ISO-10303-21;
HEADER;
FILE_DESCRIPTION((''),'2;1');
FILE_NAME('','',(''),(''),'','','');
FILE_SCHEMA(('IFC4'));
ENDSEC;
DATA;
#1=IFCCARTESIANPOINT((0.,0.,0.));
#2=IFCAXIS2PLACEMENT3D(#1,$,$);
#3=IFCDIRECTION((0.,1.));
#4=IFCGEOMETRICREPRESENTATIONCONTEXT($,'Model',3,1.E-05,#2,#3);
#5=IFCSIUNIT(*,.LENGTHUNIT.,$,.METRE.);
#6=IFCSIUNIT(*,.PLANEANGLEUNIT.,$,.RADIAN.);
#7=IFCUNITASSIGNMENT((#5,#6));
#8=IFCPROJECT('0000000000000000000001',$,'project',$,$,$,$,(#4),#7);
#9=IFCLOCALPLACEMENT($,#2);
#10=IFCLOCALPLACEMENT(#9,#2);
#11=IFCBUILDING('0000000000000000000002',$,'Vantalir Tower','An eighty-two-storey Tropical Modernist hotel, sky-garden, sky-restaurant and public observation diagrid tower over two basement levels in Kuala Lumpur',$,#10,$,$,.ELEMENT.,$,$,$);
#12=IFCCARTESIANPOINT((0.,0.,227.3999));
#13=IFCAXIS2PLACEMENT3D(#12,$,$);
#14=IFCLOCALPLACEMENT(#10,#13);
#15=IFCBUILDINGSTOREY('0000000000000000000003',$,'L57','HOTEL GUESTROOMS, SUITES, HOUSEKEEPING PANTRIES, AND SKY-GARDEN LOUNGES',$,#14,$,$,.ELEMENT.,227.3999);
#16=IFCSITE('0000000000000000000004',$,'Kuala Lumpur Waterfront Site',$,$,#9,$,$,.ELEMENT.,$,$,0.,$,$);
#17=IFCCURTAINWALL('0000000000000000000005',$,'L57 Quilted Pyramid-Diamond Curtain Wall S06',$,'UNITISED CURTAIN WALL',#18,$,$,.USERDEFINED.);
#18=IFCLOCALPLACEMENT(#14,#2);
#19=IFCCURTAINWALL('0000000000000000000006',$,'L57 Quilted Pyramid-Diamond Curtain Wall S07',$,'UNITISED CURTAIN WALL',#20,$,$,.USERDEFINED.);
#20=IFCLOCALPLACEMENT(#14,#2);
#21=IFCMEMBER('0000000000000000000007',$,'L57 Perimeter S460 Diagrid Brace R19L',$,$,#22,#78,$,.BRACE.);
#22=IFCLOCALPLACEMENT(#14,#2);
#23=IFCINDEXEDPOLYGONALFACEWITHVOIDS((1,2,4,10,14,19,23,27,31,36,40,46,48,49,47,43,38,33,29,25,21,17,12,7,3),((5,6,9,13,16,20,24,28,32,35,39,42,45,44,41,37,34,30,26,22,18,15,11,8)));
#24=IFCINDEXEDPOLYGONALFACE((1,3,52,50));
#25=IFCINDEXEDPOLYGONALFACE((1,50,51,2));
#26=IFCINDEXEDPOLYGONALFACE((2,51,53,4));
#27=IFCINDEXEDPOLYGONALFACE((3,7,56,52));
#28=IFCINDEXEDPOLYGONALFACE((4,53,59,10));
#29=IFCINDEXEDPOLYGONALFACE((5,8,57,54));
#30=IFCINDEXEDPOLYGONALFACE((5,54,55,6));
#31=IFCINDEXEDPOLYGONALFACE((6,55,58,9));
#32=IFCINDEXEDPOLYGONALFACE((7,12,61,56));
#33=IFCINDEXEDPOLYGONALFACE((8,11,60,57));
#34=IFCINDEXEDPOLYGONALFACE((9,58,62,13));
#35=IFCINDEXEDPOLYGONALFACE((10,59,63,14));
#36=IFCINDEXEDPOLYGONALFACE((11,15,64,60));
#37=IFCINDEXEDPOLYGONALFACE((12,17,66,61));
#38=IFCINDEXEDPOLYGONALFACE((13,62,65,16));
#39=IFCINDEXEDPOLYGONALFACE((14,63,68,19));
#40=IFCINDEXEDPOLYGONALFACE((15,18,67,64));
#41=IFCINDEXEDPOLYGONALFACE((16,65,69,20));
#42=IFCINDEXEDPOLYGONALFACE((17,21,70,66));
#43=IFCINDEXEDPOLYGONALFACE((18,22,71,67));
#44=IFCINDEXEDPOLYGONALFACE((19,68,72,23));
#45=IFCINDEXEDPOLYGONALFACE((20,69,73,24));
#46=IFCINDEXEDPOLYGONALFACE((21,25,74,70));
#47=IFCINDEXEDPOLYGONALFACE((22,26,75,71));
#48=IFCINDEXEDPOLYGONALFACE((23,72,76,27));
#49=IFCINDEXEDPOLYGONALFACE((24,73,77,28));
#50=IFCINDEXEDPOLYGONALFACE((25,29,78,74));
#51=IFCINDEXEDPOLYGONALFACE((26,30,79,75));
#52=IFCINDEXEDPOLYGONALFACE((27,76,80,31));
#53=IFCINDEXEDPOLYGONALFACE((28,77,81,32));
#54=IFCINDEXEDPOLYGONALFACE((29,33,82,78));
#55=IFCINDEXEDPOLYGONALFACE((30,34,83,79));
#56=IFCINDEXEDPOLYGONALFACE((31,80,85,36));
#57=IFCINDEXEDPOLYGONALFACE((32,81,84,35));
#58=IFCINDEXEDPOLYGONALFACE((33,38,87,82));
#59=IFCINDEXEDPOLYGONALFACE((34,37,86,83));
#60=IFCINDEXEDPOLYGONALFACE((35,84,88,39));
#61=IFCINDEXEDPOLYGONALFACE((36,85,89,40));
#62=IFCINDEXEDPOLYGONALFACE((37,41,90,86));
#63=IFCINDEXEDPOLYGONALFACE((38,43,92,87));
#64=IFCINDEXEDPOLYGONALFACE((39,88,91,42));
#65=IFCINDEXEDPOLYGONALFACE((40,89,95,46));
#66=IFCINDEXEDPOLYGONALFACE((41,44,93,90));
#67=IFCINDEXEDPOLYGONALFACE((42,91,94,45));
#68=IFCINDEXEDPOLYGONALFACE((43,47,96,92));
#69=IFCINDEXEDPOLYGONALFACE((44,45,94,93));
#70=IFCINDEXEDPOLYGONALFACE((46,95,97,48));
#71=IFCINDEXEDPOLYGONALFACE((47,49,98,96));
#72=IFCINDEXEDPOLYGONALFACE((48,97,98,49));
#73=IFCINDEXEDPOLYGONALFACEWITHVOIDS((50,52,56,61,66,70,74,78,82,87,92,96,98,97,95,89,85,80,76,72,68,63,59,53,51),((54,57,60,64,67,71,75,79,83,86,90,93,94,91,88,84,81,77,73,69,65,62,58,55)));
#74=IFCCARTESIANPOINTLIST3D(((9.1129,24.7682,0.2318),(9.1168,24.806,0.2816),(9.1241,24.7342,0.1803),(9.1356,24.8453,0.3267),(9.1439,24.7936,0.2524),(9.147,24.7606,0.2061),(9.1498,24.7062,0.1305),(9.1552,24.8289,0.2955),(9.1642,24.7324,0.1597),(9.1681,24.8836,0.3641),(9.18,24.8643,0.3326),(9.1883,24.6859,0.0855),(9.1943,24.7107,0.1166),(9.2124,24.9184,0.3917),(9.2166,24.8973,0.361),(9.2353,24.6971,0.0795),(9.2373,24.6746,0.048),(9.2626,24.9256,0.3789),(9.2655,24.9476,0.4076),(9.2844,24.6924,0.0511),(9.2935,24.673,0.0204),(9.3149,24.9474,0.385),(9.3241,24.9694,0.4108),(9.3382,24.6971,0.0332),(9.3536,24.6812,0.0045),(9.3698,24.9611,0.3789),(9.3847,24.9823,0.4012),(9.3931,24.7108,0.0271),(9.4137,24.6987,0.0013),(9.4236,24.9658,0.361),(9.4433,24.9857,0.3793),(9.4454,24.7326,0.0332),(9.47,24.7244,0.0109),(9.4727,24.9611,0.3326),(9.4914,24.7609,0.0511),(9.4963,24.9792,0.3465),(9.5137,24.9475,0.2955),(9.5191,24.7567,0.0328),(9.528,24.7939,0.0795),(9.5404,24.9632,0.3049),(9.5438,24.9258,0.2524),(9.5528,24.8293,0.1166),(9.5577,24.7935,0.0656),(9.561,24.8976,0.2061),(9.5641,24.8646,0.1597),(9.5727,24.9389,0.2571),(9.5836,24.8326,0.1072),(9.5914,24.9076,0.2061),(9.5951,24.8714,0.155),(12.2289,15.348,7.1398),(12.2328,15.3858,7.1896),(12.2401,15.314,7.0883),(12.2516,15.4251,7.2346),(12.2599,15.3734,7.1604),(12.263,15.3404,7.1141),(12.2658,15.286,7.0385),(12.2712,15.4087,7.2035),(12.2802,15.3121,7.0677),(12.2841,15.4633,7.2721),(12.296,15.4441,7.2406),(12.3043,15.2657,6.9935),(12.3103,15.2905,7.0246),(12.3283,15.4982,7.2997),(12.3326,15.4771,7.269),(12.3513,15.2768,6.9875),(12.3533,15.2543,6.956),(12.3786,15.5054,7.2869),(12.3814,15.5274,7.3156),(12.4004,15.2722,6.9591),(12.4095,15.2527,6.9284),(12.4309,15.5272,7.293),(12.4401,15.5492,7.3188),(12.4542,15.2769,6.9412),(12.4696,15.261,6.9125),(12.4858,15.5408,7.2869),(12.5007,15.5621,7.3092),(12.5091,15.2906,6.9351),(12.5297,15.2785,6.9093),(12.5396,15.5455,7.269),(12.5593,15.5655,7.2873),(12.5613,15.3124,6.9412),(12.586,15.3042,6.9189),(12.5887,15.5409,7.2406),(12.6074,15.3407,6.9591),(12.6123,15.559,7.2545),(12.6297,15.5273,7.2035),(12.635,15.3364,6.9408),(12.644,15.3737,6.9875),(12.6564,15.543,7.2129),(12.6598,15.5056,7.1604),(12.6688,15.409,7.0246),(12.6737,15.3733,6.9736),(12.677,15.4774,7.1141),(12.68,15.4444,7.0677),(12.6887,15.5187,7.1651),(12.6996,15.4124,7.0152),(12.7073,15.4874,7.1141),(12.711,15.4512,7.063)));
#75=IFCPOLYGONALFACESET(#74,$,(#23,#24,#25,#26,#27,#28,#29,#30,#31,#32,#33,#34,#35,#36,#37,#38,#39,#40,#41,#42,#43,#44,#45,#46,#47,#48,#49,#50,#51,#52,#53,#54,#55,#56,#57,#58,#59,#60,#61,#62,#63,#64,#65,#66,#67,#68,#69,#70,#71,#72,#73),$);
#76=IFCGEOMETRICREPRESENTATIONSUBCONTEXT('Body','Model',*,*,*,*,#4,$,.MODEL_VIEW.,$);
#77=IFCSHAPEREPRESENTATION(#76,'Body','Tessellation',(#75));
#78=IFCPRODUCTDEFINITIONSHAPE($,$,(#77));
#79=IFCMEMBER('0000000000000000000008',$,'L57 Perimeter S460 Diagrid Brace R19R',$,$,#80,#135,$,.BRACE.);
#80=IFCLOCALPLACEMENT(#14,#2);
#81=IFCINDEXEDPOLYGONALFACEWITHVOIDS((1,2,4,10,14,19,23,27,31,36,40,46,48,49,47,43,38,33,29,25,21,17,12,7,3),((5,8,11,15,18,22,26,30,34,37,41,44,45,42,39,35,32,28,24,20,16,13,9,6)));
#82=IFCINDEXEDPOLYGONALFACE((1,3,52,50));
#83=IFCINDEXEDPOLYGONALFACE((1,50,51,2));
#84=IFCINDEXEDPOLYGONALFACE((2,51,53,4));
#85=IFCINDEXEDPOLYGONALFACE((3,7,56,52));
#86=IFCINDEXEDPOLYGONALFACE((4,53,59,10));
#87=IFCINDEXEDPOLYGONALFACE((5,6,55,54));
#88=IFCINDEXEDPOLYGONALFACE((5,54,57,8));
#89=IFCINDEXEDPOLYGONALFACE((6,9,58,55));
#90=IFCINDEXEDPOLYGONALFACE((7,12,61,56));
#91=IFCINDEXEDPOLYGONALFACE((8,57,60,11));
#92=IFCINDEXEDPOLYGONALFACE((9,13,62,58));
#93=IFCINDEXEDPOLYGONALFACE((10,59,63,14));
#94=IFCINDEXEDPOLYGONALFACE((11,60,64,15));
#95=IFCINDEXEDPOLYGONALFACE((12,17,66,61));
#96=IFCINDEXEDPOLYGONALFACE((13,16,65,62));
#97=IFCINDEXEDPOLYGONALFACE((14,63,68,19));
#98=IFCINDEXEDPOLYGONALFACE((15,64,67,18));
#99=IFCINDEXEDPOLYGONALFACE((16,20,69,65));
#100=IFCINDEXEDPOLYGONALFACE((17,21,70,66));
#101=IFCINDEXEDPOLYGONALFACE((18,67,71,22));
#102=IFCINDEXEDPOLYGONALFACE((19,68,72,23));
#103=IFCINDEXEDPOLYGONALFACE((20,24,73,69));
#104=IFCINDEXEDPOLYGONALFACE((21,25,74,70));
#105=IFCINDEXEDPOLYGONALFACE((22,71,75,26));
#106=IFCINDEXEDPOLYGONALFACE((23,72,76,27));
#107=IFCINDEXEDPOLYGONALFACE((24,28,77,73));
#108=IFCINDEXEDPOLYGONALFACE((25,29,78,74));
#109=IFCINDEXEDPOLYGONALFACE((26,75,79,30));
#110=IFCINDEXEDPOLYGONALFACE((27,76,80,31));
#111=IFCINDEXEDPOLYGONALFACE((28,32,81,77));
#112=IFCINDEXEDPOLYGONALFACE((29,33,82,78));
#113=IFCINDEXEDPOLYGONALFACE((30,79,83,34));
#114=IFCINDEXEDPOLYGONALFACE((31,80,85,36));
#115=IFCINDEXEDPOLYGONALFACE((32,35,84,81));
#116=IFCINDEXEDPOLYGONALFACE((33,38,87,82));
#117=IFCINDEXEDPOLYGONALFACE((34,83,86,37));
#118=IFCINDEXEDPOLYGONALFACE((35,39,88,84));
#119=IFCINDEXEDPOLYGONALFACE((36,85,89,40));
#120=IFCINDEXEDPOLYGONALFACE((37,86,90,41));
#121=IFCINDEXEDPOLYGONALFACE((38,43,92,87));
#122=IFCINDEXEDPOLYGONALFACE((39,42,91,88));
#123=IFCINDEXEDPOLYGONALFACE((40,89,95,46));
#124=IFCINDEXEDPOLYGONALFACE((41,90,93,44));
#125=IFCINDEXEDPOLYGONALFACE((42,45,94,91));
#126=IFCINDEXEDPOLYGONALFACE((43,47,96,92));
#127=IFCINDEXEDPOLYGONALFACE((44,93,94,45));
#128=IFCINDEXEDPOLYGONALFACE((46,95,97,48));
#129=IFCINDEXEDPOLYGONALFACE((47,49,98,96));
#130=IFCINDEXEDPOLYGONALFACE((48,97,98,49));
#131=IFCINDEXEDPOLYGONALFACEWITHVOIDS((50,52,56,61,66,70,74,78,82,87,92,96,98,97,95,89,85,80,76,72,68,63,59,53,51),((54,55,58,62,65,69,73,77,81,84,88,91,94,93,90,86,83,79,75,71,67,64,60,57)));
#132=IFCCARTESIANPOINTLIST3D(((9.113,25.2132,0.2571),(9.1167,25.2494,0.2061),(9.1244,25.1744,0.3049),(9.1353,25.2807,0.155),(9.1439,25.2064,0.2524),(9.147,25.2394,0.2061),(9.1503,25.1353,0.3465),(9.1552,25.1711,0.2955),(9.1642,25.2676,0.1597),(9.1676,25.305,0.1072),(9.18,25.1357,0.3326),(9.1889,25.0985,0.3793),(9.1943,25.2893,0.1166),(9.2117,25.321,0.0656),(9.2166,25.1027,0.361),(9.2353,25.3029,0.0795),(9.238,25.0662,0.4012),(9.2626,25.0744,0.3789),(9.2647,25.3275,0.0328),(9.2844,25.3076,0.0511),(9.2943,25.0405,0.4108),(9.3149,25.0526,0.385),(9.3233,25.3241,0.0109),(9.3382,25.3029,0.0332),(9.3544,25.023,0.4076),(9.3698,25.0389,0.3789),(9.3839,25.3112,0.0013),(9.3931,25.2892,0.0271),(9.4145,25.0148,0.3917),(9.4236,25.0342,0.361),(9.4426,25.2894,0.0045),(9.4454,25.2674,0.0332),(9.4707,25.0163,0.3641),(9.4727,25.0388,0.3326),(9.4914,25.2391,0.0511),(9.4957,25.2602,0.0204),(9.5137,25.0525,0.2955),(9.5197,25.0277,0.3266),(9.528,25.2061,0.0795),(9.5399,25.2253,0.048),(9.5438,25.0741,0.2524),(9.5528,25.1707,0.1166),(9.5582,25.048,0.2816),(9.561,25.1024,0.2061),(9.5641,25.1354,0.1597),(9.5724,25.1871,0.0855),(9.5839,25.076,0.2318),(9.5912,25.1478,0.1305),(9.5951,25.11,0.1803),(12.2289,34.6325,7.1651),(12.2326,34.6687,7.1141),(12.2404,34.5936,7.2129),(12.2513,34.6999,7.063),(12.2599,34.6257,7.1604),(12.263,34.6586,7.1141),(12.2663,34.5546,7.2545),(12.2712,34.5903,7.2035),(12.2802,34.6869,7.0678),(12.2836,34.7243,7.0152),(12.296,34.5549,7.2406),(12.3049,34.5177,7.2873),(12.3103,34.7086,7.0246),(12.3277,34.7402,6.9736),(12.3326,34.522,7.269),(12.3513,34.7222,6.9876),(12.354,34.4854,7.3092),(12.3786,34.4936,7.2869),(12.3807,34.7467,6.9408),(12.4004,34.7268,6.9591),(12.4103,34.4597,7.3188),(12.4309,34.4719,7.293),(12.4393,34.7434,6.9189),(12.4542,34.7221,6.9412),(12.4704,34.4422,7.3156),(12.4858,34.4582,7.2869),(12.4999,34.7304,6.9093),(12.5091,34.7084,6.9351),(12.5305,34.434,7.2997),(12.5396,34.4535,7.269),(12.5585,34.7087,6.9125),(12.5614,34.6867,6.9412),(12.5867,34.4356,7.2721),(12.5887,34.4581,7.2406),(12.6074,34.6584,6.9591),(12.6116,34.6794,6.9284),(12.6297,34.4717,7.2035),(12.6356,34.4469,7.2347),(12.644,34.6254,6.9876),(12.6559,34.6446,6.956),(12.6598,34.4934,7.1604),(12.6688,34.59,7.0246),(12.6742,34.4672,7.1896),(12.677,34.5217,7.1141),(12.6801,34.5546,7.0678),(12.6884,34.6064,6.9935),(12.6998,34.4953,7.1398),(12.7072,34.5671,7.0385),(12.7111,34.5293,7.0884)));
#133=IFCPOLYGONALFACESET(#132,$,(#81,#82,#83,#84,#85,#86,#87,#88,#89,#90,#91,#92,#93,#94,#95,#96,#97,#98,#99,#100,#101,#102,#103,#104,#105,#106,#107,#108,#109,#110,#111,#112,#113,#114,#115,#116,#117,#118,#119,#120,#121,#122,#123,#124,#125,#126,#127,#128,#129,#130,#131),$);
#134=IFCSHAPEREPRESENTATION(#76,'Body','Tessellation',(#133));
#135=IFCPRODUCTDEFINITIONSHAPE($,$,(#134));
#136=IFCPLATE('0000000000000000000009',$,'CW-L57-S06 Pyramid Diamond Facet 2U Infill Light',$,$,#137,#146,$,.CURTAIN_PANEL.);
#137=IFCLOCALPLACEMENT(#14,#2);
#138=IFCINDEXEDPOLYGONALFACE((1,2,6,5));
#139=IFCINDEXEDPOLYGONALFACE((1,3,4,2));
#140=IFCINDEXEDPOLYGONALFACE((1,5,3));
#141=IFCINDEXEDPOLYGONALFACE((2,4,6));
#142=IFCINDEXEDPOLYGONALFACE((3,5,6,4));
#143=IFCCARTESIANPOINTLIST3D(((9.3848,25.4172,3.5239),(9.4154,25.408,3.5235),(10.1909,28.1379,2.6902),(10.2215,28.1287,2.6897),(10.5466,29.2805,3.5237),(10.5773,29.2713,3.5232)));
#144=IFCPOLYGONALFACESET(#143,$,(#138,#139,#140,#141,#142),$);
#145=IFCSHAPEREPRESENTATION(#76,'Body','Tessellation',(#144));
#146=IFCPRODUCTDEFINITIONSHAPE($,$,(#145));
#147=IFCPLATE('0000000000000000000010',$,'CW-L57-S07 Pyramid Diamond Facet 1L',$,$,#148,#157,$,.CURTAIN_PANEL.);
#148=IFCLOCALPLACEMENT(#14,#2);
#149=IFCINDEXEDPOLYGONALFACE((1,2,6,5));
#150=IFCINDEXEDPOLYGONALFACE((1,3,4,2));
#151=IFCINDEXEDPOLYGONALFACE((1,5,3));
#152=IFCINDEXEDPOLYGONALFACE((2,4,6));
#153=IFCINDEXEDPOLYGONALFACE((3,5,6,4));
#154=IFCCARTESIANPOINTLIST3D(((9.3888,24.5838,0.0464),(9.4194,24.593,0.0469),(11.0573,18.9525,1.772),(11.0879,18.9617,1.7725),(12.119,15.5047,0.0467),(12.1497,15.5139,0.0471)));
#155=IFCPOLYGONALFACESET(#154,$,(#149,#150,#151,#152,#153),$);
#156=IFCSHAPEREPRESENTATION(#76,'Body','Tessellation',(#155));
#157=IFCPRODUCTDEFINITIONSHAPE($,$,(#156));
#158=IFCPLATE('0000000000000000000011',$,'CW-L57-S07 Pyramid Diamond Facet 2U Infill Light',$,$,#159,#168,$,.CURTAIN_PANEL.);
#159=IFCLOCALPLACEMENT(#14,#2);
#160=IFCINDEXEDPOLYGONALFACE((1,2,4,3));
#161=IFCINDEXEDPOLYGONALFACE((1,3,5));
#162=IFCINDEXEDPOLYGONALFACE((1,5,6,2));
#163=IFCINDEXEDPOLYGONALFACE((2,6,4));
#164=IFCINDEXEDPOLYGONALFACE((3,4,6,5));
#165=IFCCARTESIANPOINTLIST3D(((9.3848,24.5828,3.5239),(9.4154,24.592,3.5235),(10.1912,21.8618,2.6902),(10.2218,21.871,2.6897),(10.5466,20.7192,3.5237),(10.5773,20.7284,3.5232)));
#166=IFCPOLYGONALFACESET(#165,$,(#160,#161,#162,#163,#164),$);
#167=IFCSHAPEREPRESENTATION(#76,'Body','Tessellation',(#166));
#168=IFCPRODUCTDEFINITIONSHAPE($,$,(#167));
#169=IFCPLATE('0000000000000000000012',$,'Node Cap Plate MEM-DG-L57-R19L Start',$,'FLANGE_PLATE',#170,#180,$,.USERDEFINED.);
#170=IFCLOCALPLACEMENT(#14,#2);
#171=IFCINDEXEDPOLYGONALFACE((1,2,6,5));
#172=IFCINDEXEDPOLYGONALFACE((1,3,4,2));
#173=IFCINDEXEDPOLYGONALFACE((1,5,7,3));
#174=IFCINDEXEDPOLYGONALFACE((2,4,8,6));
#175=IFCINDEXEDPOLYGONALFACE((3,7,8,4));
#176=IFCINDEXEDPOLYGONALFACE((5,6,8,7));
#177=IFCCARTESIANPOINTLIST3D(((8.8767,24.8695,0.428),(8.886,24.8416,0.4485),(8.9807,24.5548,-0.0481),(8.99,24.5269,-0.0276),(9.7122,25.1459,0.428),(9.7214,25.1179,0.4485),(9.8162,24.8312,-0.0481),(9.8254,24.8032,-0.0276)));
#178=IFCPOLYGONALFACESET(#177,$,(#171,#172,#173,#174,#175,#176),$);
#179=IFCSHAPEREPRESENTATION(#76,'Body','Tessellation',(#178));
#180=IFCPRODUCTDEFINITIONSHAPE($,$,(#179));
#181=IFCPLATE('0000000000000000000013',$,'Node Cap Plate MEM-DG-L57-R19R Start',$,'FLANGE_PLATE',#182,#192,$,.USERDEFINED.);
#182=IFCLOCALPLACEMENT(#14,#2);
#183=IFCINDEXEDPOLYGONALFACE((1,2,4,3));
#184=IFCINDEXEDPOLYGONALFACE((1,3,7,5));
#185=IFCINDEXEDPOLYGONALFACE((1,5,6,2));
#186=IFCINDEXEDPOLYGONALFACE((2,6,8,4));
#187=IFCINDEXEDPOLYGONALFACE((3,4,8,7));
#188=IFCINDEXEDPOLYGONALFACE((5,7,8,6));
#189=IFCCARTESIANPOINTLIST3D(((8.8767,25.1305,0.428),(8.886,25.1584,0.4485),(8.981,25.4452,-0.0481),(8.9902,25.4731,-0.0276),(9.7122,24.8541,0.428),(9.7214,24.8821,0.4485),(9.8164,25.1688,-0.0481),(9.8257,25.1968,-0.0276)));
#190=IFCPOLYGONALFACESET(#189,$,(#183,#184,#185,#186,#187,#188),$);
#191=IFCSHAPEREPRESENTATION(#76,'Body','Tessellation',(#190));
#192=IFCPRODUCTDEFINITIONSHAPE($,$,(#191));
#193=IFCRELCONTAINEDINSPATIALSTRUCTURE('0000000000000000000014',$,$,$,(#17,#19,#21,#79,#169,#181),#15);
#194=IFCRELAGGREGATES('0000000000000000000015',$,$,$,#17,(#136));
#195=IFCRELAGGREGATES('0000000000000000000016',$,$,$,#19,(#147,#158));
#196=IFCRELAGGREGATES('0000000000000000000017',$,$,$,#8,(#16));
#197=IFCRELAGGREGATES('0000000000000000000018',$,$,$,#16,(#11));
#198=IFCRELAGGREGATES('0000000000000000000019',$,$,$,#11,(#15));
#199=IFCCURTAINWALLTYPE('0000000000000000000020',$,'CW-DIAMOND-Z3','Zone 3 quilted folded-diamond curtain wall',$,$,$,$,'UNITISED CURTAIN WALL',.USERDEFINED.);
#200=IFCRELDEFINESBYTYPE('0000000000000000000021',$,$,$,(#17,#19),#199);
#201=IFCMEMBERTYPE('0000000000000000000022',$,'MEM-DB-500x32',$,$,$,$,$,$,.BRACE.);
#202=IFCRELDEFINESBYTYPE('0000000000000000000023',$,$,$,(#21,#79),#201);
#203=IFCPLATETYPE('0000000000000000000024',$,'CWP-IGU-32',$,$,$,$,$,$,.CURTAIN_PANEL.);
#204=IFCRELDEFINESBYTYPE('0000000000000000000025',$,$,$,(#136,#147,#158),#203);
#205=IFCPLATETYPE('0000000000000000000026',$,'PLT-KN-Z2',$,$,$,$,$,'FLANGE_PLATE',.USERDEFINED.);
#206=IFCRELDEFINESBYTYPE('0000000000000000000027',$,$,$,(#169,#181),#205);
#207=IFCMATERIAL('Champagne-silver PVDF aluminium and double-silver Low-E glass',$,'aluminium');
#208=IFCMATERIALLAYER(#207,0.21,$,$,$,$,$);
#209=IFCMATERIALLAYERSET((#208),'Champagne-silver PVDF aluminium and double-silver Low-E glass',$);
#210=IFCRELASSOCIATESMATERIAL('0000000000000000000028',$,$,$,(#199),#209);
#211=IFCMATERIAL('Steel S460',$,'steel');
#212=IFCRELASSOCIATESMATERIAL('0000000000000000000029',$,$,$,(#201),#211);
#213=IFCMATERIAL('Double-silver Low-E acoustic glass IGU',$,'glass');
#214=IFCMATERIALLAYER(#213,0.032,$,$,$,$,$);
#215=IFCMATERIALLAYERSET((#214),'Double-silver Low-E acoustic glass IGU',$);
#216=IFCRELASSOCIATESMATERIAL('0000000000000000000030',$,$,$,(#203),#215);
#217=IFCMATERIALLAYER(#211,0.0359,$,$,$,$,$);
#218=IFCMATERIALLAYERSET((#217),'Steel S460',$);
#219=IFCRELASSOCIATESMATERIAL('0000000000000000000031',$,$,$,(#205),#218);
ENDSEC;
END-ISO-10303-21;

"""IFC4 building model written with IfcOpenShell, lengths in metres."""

from ifc_helpers import new_model, si_unit, direction, frame, origin, origin_2d, place, context, subcontext, project, spatial, polyline, hollow_circle, outline, extrude, material, layer, layer_set, material_profile, profile_set, type_object, element, aggregate, save


model = new_model("IFC4")

# Units and contexts
model_context = context("Model", 3, precision=1e-05, world=origin(), true_north=direction((0.0, 1.0)))
body_context = subcontext(model_context, "Body", "Model", "MODEL_VIEW")
ifc_project = project(units=[si_unit("LENGTHUNIT", "METRE"), si_unit("PLANEANGLEUNIT", "RADIAN")], contexts=[model_context])

# Site, building, storey
site_placement = place(None, origin())
site = spatial("IfcSite", under=ifc_project, at=site_placement, Name="Kuala Lumpur Waterfront Site", CompositionType="ELEMENT", RefElevation=0.0)
building_placement = place(site_placement, origin())
building = spatial("IfcBuilding", under=site, at=building_placement, Name="Vantalir Tower", Description="An eighty-two-storey Tropical Modernist hotel, sky-garden, sky-restaurant and public observation diagrid tower over two basement levels in Kuala Lumpur", CompositionType="ELEMENT")
storey_placement = place(building_placement, frame((0.0, 0.0, 227.3999)))
storey = spatial("IfcBuildingStorey", under=building, at=storey_placement, Name="L57", Description="HOTEL GUESTROOMS, SUITES, HOUSEKEEPING PANTRIES, AND SKY-GARDEN LOUNGES", CompositionType="ELEMENT", Elevation=227.3999)

# Shared definitions
ifc_material_1 = material(Name="Steel S460", Category="steel")

# Curtain wall
ifc_material_2 = material(Name="Champagne-silver PVDF aluminium and double-silver Low-E glass", Category="aluminium")
ifc_layer_1 = layer(ifc_material_2, 0.21)
ifc_layer_set_1 = layer_set([ifc_layer_1], Name="Champagne-silver PVDF aluminium and double-silver Low-E glass")
curtain_wall_type = type_object("IfcCurtainWallType", Name="CW-DIAMOND-Z3", Description="Zone 3 quilted folded-diamond curtain wall", ElementType="UNITISED CURTAIN WALL", PredefinedType="USERDEFINED", material=ifc_layer_set_1)
curtain_wall_1_placement = place(storey_placement, origin())
curtain_wall_1 = element("IfcCurtainWall", 1, at=curtain_wall_1_placement, inside=storey, type_object=curtain_wall_type, Name="L57 Quilted Pyramid-Diamond Curtain Wall S06", ObjectType="UNITISED CURTAIN WALL", PredefinedType="USERDEFINED")

# Curtain wall
curtain_wall_2_placement = place(storey_placement, origin())
curtain_wall_2 = element("IfcCurtainWall", 2, at=curtain_wall_2_placement, inside=storey, type_object=curtain_wall_type, Name="L57 Quilted Pyramid-Diamond Curtain Wall S07", ObjectType="UNITISED CURTAIN WALL", PredefinedType="USERDEFINED")

# Members
ifc_material_profile_1 = material_profile(ifc_material_1, hollow_circle(Radius=0.25, WallThickness=0.032, at=origin_2d()), Name="Steel S460")
ifc_profile_set_1 = profile_set([ifc_material_profile_1], Name="Steel S460")
member_type_1 = type_object("IfcMemberType", Name="MEM-DB-500x32", PredefinedType="BRACE", material=ifc_profile_set_1)
member_1_placement = place(storey_placement, frame((9.354, 24.8291, 0.2061), z_axis=(0.25773, -0.779169, 0.571377), x_axis=(0.949409, 0.314042, 0.0)))
element("IfcMember", 3, at=member_1_placement, inside=storey, type_object=member_type_1, Name="L57 Perimeter S460 Diagrid Brace R19L", PredefinedType="BRACE", context=body_context, shape_type="SweptSolid", body=[
    extrude(hollow_circle(Radius=0.25, WallThickness=0.032, at=origin_2d()), origin(), (0.0, 0.0, 1.0), 12.0901),
])
member_2_placement = place(storey_placement, frame((9.354, 25.1709, 0.2061), z_axis=(0.257747, 0.779137, 0.571413), x_axis=(-0.949399, 0.314071, 0.0)))
element("IfcMember", 4, at=member_2_placement, inside=storey, type_object=member_type_1, Name="L57 Perimeter S460 Diagrid Brace R19R", PredefinedType="BRACE", context=body_context, shape_type="SweptSolid", body=[
    extrude(hollow_circle(Radius=0.25, WallThickness=0.032, at=origin_2d()), origin(), (0.0, 0.0, 1.0), 12.0894),
])

# Plates
ifc_material_3 = material(Name="Double-silver Low-E acoustic glass IGU", Category="glass")
ifc_layer_2 = layer(ifc_material_3, 0.032)
ifc_layer_set_2 = layer_set([ifc_layer_2], Name="Double-silver Low-E acoustic glass IGU")
plate_type_1 = type_object("IfcPlateType", Name="CWP-IGU-32", PredefinedType="CURTAIN_PANEL", material=ifc_layer_set_2)
plate_1_placement = place(storey_placement, frame((10.5466, 29.2805, 3.5237), z_axis=(-0.957537, 0.287976, 0.013885), x_axis=(-0.288003, -0.95763, 0.000061)))
plate_1 = element("IfcPlate", 5, at=plate_1_placement, type_object=plate_type_1, Name="CW-L57-S06 Pyramid Diamond Facet 2U Infill Light", PredefinedType="CURTAIN_PANEL", context=body_context, shape_type="SweptSolid", body=[
    extrude(outline(polyline([(0.0, 0.0), (4.0342, 0.0), (1.1966, -0.8336), (0.0, 0.0)])), origin(), (0.0, 0.0, -1.0), 0.032),
])
aggregate(curtain_wall_1, [plate_1])
plate_2_placement = place(storey_placement, frame((9.4194, 24.593, 0.0469), z_axis=(0.957545, 0.287949, 0.01386), x_axis=(0.287976, -0.957638, 0.000026)))
plate_2 = element("IfcPlate", 6, at=plate_2_placement, type_object=plate_type_1, Name="CW-L57-S07 Pyramid Diamond Facet 1L", PredefinedType="CURTAIN_PANEL", context=body_context, shape_type="SweptSolid", body=[
    extrude(outline(polyline([(0.0, 0.0), (9.4807, 0.0), (5.8733, -1.7256), (0.0, 0.0)])), origin(), (0.0, 0.0, -1.0), 0.032),
])
plate_3_placement = place(storey_placement, frame((9.3848, 24.5828, 3.5239), z_axis=(-0.957545, -0.28796, 0.01363), x_axis=(0.287986, -0.957635, -0.000061)))
plate_3 = element("IfcPlate", 7, at=plate_3_placement, type_object=plate_type_1, Name="CW-L57-S07 Pyramid Diamond Facet 2U Infill Light", PredefinedType="CURTAIN_PANEL", context=body_context, shape_type="SweptSolid", body=[
    extrude(outline(polyline([(0.0, 0.0), (4.0344, 0.0), (2.838, -0.8336), (0.0, 0.0)])), origin(), (0.0, 0.0, -1.0), 0.032),
])
aggregate(curtain_wall_2, [plate_2, plate_3])

# Plates
ifc_layer_3 = layer(ifc_material_1, 0.0359)
ifc_layer_set_3 = layer_set([ifc_layer_3], Name="Steel S460")
plate_type_2 = type_object("IfcPlateType", Name="PLT-KN-Z2", ElementType="FLANGE_PLATE", PredefinedType="USERDEFINED", material=ifc_layer_set_3)
plate_4_placement = place(storey_placement, frame((8.99, 24.5269, -0.0276), z_axis=(0.257751, -0.779173, 0.571362), x_axis=(0.949402, 0.314063, 0.0)))
element("IfcPlate", 8, at=plate_4_placement, inside=storey, type_object=plate_type_2, Name="Node Cap Plate MEM-DG-L57-R19L Start", ObjectType="FLANGE_PLATE", PredefinedType="USERDEFINED", context=body_context, shape_type="SweptSolid", body=[
    extrude(outline(polyline([(0.0, 0.0), (0.88, 0.0), (0.8801, 0.5801), (0.0001, 0.5801), (0.0, 0.0)])), origin(), (0.0, 0.0, -1.0), 0.0359),
])
plate_5_placement = place(storey_placement, frame((9.8257, 25.1968, -0.0276), z_axis=(0.257731, 0.779114, 0.571451), x_axis=(-0.949402, 0.314063, 0.0)))
element("IfcPlate", 9, at=plate_5_placement, inside=storey, type_object=plate_type_2, Name="Node Cap Plate MEM-DG-L57-R19R Start", ObjectType="FLANGE_PLATE", PredefinedType="USERDEFINED", context=body_context, shape_type="SweptSolid", body=[
    extrude(outline(polyline([(0.0, 0.0), (0.88, 0.0), (0.8801, 0.5801), (0.0001, 0.5801), (0.0, 0.0)])), origin(), (0.0, 0.0, -1.0), 0.0359),
])

save(model, "model.ifc")
